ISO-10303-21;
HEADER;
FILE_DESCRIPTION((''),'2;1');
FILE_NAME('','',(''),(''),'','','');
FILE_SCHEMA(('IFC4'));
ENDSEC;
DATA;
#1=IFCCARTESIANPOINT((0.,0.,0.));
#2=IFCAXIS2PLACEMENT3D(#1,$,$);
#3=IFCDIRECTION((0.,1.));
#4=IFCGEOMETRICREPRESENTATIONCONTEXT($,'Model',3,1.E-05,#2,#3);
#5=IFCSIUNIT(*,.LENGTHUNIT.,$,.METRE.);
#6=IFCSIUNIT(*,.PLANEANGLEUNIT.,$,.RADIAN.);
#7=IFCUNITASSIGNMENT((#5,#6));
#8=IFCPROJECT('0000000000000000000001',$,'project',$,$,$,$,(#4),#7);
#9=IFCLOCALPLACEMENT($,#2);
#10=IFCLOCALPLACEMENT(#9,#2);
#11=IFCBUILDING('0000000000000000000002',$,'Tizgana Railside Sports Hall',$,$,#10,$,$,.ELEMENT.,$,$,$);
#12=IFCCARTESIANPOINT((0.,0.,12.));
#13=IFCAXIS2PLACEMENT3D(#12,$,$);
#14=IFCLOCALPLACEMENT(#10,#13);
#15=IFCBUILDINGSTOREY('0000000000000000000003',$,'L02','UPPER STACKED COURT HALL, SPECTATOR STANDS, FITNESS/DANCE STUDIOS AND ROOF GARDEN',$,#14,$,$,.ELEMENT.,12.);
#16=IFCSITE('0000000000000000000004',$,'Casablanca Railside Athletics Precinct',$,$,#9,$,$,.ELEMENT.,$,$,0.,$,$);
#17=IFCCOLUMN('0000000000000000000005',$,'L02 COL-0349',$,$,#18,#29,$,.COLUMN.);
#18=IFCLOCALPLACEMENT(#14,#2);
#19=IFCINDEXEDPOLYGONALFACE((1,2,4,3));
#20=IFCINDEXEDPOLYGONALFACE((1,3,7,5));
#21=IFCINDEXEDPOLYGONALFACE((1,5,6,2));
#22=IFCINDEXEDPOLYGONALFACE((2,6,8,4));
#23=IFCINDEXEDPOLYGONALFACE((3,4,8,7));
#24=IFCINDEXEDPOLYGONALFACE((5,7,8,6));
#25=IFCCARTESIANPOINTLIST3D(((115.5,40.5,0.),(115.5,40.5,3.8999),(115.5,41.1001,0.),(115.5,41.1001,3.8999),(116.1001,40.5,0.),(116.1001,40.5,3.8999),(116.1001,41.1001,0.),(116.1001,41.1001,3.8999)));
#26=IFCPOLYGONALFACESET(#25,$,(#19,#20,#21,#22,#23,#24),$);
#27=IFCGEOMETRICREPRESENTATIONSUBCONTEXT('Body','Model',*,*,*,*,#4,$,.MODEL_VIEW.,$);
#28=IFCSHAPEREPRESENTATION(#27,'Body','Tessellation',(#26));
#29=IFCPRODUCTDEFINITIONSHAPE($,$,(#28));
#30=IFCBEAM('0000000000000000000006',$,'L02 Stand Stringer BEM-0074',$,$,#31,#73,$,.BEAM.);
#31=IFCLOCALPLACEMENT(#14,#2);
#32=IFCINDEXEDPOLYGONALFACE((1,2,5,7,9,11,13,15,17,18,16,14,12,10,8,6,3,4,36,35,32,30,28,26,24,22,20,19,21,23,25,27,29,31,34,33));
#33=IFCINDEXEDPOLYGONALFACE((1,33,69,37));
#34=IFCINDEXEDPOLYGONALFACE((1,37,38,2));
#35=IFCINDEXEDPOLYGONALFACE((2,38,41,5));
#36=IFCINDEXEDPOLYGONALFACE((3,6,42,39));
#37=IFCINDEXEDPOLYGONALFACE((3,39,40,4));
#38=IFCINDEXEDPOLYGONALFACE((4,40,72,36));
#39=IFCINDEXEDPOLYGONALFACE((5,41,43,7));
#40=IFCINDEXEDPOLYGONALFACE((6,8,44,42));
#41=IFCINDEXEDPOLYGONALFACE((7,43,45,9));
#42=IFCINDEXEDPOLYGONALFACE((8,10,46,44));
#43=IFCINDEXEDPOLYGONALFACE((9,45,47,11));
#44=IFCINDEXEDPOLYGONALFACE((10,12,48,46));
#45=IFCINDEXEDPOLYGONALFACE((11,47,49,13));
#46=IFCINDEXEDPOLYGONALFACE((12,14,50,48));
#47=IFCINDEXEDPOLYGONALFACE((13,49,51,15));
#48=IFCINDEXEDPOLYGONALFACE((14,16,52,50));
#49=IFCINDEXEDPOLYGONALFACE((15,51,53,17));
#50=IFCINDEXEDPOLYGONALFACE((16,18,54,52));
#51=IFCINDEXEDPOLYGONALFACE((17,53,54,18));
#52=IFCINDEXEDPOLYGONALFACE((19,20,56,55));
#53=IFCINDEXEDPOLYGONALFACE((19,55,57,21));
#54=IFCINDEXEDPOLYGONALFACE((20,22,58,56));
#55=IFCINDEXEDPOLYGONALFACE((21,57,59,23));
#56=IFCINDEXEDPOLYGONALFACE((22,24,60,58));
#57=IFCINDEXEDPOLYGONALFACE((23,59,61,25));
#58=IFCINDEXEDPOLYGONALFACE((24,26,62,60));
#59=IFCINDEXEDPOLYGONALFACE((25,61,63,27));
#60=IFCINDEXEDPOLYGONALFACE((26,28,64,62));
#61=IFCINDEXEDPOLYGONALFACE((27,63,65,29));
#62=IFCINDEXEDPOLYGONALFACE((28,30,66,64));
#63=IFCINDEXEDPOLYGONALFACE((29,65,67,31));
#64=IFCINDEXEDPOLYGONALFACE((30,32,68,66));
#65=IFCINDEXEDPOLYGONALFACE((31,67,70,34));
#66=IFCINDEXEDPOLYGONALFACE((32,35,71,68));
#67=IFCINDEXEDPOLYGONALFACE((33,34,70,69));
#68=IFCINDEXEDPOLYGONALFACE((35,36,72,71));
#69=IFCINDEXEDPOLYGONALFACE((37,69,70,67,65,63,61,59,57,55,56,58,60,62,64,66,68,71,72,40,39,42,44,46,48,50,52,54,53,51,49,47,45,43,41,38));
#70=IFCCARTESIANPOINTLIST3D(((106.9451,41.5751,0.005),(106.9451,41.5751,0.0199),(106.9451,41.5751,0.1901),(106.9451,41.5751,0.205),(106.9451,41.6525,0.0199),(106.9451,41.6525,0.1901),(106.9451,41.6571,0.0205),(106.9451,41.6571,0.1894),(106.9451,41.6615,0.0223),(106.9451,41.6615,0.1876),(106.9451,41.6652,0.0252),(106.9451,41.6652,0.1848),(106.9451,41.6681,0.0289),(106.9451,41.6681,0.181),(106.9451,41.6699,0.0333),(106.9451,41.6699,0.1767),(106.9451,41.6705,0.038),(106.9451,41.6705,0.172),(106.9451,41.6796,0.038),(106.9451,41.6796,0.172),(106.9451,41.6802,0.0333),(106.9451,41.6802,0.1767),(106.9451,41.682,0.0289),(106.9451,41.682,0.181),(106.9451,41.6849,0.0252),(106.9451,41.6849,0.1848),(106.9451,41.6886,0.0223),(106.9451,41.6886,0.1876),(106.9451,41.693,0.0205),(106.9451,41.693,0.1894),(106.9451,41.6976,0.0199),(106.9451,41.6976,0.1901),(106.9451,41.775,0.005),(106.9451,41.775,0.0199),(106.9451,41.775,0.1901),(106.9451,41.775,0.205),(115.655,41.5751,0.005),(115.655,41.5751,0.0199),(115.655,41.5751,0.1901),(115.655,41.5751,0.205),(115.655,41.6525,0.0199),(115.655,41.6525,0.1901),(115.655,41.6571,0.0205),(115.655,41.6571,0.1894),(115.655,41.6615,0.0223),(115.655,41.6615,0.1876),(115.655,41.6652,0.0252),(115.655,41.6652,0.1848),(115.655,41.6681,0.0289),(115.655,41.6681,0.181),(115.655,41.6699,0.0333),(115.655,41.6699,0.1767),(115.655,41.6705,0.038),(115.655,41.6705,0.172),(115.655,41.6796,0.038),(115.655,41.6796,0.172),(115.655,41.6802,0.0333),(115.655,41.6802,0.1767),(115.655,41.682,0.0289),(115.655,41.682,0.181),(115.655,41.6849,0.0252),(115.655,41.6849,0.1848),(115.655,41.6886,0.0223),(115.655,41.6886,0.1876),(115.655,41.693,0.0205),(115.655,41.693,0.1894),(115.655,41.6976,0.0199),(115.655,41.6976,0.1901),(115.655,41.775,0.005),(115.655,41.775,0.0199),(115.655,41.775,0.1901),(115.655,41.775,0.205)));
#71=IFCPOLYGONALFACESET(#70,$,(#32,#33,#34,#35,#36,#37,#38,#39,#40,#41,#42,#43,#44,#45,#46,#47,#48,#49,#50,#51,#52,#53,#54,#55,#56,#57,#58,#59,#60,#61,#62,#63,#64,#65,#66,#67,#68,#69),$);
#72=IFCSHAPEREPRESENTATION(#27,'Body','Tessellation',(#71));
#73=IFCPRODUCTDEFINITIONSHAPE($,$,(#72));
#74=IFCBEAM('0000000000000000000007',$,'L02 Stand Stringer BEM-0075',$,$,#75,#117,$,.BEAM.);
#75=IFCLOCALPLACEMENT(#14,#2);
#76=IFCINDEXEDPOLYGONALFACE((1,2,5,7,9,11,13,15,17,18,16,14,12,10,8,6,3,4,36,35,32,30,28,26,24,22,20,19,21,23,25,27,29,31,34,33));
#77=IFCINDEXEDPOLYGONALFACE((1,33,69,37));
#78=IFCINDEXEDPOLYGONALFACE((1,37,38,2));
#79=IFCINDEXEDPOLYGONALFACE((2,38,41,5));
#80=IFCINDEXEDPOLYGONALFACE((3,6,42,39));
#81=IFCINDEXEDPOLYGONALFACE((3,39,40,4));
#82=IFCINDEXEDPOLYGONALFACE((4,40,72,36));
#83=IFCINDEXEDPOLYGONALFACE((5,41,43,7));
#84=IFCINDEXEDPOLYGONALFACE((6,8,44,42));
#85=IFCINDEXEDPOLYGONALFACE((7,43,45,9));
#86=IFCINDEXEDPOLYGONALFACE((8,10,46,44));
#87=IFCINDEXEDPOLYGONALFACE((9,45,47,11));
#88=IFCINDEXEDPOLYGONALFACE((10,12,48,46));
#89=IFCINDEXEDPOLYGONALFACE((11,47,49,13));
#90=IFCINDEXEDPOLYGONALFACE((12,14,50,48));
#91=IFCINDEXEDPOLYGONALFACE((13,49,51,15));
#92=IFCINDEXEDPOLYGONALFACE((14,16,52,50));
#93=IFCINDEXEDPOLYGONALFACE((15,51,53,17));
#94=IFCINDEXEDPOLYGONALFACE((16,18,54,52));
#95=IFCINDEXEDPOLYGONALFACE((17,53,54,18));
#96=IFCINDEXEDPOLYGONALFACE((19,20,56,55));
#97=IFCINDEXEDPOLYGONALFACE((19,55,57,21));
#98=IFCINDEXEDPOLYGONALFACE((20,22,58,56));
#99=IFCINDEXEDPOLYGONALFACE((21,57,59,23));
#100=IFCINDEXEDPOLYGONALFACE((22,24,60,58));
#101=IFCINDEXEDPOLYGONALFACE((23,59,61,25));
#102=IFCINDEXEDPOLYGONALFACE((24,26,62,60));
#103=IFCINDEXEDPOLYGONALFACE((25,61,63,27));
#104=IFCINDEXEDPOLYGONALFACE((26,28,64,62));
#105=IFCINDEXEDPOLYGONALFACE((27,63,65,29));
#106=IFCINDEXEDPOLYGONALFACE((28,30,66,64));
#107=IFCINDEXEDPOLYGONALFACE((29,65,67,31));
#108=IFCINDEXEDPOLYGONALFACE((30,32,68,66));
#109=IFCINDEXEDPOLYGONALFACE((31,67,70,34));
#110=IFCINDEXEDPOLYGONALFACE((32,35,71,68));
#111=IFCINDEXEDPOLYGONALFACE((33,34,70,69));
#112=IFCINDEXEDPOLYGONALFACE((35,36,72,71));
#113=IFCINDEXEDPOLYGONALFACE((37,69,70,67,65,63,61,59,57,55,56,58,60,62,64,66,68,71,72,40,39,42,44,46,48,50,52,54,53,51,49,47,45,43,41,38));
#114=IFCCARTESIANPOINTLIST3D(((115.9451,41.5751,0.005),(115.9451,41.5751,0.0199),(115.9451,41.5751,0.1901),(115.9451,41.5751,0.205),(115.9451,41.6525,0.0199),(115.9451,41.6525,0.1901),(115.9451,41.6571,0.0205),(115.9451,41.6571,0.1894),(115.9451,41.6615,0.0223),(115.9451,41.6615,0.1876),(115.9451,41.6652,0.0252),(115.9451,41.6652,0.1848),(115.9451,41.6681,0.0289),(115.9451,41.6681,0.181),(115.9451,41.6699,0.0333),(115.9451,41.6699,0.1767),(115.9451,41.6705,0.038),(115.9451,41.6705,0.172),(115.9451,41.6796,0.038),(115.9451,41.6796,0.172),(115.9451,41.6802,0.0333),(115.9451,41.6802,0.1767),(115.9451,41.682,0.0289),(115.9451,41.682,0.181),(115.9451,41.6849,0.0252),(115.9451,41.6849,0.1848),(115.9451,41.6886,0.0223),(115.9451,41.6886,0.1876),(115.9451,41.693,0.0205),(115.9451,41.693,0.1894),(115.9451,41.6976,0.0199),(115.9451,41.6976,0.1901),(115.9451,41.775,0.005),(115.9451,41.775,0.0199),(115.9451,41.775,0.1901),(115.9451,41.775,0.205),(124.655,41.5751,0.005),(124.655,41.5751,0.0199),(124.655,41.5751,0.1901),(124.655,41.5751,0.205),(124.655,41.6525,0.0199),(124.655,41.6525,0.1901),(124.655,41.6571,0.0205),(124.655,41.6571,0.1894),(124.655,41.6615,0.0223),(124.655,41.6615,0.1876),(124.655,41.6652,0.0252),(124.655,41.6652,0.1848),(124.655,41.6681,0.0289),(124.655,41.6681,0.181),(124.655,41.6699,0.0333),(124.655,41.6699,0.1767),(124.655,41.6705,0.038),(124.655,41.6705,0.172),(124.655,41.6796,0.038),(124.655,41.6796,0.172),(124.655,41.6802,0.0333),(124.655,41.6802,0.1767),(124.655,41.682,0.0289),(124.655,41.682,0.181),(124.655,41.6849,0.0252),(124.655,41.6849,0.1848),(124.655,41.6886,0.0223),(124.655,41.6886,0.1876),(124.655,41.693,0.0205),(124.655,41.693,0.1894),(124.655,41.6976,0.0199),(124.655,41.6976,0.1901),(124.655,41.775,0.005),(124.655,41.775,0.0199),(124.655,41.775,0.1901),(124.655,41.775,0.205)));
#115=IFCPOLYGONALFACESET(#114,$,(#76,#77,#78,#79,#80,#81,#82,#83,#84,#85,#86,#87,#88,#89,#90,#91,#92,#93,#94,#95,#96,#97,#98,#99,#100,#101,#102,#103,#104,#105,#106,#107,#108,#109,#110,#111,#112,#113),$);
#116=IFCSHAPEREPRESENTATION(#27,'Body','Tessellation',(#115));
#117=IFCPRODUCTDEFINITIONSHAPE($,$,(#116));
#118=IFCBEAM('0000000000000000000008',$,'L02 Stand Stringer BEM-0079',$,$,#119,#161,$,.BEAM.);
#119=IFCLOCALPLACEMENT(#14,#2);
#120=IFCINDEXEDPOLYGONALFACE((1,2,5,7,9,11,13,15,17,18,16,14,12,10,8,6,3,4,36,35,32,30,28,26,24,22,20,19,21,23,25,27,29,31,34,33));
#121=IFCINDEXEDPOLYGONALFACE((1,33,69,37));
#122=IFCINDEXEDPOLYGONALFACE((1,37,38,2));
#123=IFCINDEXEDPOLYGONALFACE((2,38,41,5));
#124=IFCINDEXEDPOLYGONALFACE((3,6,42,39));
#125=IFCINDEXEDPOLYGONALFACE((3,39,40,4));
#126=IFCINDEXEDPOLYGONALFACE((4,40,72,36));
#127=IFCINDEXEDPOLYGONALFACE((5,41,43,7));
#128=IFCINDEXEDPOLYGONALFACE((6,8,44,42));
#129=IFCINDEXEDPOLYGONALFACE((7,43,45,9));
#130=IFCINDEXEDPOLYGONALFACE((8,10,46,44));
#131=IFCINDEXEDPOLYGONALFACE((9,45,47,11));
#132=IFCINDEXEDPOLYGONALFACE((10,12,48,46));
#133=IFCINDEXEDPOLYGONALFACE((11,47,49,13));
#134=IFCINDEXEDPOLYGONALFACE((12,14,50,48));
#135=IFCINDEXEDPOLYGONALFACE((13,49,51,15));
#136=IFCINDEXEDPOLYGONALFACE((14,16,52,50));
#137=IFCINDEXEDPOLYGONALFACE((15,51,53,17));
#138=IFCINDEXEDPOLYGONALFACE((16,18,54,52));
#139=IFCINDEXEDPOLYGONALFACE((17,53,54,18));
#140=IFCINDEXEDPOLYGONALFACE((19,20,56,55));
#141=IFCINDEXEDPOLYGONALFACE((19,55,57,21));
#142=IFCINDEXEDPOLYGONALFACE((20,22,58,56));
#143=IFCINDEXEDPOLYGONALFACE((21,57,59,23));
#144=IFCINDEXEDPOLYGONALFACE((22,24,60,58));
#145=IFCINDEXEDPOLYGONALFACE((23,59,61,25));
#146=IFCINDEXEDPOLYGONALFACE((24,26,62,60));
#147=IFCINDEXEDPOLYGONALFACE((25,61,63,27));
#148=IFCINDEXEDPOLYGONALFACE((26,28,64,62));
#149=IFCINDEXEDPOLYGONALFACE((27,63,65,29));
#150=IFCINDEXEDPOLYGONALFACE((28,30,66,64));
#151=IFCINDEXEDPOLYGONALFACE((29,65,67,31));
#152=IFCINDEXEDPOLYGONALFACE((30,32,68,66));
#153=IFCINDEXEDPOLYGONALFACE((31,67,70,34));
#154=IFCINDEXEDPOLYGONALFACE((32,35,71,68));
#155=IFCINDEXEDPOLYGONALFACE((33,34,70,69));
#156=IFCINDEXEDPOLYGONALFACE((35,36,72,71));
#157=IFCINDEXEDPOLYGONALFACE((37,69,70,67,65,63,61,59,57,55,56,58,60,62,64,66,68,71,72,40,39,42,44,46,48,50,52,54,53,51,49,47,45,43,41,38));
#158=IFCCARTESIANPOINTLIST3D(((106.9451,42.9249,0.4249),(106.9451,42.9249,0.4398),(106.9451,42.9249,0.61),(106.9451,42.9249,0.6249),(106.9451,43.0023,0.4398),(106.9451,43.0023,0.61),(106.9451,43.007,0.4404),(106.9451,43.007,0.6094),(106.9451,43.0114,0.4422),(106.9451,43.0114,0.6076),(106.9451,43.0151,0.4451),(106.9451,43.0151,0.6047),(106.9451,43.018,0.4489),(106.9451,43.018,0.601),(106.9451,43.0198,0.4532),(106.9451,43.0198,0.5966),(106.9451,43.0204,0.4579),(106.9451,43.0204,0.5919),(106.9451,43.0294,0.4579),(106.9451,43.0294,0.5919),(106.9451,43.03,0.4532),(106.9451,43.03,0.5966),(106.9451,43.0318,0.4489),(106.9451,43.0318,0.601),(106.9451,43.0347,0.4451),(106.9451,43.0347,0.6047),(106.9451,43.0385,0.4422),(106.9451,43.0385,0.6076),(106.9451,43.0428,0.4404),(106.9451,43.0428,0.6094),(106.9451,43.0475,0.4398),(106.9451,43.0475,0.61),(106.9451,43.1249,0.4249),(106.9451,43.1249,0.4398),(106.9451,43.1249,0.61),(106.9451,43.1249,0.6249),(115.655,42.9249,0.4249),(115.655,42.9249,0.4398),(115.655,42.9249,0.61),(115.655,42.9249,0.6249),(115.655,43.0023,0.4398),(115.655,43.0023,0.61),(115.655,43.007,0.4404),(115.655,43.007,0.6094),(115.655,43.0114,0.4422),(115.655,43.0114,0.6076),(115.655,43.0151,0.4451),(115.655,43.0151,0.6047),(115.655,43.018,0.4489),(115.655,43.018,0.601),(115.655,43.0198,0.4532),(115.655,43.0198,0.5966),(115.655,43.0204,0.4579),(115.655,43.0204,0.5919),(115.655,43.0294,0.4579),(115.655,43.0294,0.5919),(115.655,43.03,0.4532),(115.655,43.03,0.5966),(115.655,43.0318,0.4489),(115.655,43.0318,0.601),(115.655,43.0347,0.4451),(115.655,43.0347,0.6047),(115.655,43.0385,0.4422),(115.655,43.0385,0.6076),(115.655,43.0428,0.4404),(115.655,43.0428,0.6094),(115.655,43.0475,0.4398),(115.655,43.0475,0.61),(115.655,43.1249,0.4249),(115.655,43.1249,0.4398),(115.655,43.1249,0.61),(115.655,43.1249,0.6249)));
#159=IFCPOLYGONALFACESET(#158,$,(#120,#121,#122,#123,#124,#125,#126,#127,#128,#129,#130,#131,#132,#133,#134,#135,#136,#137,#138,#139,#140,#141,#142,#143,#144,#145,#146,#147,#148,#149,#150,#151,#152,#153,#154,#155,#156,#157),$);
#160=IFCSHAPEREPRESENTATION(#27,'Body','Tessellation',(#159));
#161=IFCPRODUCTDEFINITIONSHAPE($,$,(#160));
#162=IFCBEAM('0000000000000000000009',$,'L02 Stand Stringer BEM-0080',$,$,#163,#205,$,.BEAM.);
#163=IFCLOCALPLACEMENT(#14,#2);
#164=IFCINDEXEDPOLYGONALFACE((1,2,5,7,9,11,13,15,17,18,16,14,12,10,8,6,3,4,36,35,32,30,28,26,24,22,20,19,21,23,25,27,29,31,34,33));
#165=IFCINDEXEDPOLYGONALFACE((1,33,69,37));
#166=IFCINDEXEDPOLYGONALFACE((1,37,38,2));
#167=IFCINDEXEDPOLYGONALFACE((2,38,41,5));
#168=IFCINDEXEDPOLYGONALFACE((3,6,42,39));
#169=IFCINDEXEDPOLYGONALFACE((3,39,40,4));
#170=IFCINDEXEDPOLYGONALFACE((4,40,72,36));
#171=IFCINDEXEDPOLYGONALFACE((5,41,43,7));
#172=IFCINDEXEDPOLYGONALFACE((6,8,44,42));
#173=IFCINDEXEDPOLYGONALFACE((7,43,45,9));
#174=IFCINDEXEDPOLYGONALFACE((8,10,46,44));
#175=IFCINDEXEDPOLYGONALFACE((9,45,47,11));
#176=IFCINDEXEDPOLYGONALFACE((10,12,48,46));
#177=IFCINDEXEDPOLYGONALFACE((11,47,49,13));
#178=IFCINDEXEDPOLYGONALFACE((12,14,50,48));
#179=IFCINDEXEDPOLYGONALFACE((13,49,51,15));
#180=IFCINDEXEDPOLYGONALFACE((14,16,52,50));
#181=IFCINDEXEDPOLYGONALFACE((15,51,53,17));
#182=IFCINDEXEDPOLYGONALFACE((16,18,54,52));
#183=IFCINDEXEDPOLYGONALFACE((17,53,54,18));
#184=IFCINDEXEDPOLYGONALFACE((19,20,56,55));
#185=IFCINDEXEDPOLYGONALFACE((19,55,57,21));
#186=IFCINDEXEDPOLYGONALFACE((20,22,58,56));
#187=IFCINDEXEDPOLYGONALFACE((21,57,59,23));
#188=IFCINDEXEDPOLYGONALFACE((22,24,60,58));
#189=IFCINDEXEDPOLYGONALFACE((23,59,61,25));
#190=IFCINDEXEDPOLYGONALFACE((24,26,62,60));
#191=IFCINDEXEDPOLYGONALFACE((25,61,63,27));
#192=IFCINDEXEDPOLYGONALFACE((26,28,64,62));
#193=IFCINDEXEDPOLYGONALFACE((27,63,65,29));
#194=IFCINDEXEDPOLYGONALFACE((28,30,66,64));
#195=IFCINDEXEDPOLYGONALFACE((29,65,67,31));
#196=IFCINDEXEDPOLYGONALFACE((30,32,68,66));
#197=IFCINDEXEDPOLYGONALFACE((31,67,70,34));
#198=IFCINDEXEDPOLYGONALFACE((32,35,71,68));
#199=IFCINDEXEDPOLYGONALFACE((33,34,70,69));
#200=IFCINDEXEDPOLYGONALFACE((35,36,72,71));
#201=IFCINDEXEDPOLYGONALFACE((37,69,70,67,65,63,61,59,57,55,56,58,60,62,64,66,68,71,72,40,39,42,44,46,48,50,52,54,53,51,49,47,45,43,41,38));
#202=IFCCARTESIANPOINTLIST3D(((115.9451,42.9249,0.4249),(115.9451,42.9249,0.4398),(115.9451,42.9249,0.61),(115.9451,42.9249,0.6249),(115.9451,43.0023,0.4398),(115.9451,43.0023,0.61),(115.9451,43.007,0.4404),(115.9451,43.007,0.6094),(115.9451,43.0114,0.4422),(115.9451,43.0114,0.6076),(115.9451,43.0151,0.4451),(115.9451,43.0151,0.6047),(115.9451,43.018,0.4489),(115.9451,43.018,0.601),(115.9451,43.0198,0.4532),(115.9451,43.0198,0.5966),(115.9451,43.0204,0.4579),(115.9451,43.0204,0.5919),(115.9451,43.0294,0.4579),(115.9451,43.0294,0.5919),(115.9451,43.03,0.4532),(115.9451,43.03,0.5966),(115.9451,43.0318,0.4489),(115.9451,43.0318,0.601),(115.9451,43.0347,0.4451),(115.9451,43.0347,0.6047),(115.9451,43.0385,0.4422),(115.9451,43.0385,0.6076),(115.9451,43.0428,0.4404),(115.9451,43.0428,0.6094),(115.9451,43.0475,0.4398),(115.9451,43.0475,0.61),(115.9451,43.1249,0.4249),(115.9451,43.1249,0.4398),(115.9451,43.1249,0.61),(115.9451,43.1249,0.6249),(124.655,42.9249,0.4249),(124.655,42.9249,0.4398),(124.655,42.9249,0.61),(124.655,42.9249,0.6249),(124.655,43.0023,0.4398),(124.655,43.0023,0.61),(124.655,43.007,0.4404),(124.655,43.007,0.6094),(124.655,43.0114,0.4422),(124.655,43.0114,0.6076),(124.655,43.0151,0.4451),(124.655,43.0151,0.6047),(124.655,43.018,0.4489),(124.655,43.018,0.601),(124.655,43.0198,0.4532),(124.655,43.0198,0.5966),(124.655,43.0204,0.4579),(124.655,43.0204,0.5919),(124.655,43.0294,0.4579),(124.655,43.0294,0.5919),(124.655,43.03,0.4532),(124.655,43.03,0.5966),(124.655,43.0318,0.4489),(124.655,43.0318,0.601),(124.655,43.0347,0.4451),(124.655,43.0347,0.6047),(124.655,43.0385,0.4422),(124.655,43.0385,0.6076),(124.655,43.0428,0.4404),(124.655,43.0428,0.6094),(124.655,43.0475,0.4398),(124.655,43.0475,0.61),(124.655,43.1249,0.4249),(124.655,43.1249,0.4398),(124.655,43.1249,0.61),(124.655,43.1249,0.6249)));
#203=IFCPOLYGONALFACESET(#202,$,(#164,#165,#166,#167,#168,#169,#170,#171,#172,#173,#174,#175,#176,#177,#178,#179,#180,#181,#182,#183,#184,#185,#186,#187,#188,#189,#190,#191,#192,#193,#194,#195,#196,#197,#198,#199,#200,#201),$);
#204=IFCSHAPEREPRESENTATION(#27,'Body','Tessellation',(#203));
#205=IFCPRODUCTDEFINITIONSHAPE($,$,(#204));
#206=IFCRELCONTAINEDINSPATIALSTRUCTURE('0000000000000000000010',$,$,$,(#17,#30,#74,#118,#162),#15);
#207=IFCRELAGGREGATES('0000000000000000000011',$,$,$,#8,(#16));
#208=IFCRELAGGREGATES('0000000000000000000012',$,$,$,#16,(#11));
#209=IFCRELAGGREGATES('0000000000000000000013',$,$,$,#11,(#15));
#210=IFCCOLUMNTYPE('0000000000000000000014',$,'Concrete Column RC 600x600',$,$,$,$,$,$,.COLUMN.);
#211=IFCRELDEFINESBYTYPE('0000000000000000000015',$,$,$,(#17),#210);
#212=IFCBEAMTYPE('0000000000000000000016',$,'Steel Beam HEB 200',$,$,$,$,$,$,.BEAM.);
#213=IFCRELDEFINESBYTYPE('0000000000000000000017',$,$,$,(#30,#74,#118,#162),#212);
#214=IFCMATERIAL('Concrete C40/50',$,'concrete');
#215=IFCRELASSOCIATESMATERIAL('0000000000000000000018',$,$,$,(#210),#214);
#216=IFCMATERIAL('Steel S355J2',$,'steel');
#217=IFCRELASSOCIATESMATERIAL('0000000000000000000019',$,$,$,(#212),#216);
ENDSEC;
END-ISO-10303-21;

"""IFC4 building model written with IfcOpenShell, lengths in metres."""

from ifc_helpers import new_model, si_unit, direction, frame, origin, origin_2d, place, context, subcontext, project, spatial, rectangle, i_section, extrude, material, material_profile, profile_set, type_object, element, save


model = new_model("IFC4")

# Units and contexts
model_context = context("Model", 3, precision=1e-05, world=origin(), true_north=direction((0.0, 1.0)))
body_context = subcontext(model_context, "Body", "Model", "MODEL_VIEW")
ifc_project = project(units=[si_unit("LENGTHUNIT", "METRE"), si_unit("PLANEANGLEUNIT", "RADIAN")], contexts=[model_context])

# Site, building, storey
site_placement = place(None, origin())
site = spatial("IfcSite", under=ifc_project, at=site_placement, Name="Casablanca Railside Athletics Precinct", CompositionType="ELEMENT", RefElevation=0.0)
building_placement = place(site_placement, origin())
building = spatial("IfcBuilding", under=site, at=building_placement, Name="Tizgana Railside Sports Hall", CompositionType="ELEMENT")
storey_placement = place(building_placement, frame((0.0, 0.0, 12.0)))
storey = spatial("IfcBuildingStorey", under=building, at=storey_placement, Name="L02", Description="UPPER STACKED COURT HALL, SPECTATOR STANDS, FITNESS/DANCE STUDIOS AND ROOF GARDEN", CompositionType="ELEMENT", Elevation=12.0)

# Column
ifc_material_1 = material(Name="Concrete C40/50", Category="concrete")
ifc_material_profile_1 = material_profile(ifc_material_1, rectangle(XDim=0.6001, YDim=0.6001, at=origin_2d()), Name="RC 600x600")
ifc_profile_set_1 = profile_set([ifc_material_profile_1], Name="Concrete C40/50")
column_type = type_object("IfcColumnType", Name="Concrete Column RC 600x600", PredefinedType="COLUMN", material=ifc_profile_set_1)
column_placement = place(storey_placement, frame((115.8, 40.8, 0.0), z_axis=(0.0, 0.0, 1.0), x_axis=(1.0, 0.0, 0.0)))
element("IfcColumn", 1, at=column_placement, inside=storey, type_object=column_type, Name="L02 COL-0349", PredefinedType="COLUMN", context=body_context, shape_type="SweptSolid", body=[
    extrude(rectangle(XDim=0.6001, YDim=0.6001, at=origin_2d()), origin(), (0.0, 0.0, 1.0), 3.8999),
])

# Beams
ifc_material_2 = material(Name="Steel S355J2", Category="steel")
ifc_material_profile_2 = material_profile(ifc_material_2, i_section(OverallWidth=0.2, OverallDepth=0.2, WebThickness=0.009, FlangeThickness=0.0149, FilletRadius=0.0181, at=origin_2d()), Name="HEB 200")
ifc_profile_set_2 = profile_set([ifc_material_profile_2], Name="Steel S355J2")
beam_type_1 = type_object("IfcBeamType", Name="Steel Beam HEB 200", PredefinedType="BEAM", material=ifc_profile_set_2)
for number, where, z_axis, x_axis, name in (
    (2, (106.9451, 41.675, 0.105), (1.0, 0.0, 0.0), (0.0, 1.0, 0.0), "L02 Stand Stringer BEM-0074"),
    (3, (115.9451, 41.675, 0.105), (1.0, 0.0, 0.0), (0.0, 1.0, 0.0), "L02 Stand Stringer BEM-0075"),
    (4, (106.9451, 43.0249, 0.5249), (1.0, 0.0, 0.0), (0.0, 1.0, 0.0), "L02 Stand Stringer BEM-0079"),
    (5, (115.9451, 43.0249, 0.5249), (1.0, 0.0, 0.0), (0.0, 1.0, 0.0), "L02 Stand Stringer BEM-0080"),
):
    element("IfcBeam", number, at=place(storey_placement, frame(where, z_axis=z_axis, x_axis=x_axis)), inside=storey, type_object=beam_type_1, Name=name, PredefinedType="BEAM", context=body_context, shape_type="SweptSolid", body=[
        extrude(i_section(OverallWidth=0.2, OverallDepth=0.2, WebThickness=0.009, FlangeThickness=0.0149, FilletRadius=0.0181, at=origin_2d()), origin(), (0.0, 0.0, 1.0), 8.71),
    ])

save(model, "model.ifc")
